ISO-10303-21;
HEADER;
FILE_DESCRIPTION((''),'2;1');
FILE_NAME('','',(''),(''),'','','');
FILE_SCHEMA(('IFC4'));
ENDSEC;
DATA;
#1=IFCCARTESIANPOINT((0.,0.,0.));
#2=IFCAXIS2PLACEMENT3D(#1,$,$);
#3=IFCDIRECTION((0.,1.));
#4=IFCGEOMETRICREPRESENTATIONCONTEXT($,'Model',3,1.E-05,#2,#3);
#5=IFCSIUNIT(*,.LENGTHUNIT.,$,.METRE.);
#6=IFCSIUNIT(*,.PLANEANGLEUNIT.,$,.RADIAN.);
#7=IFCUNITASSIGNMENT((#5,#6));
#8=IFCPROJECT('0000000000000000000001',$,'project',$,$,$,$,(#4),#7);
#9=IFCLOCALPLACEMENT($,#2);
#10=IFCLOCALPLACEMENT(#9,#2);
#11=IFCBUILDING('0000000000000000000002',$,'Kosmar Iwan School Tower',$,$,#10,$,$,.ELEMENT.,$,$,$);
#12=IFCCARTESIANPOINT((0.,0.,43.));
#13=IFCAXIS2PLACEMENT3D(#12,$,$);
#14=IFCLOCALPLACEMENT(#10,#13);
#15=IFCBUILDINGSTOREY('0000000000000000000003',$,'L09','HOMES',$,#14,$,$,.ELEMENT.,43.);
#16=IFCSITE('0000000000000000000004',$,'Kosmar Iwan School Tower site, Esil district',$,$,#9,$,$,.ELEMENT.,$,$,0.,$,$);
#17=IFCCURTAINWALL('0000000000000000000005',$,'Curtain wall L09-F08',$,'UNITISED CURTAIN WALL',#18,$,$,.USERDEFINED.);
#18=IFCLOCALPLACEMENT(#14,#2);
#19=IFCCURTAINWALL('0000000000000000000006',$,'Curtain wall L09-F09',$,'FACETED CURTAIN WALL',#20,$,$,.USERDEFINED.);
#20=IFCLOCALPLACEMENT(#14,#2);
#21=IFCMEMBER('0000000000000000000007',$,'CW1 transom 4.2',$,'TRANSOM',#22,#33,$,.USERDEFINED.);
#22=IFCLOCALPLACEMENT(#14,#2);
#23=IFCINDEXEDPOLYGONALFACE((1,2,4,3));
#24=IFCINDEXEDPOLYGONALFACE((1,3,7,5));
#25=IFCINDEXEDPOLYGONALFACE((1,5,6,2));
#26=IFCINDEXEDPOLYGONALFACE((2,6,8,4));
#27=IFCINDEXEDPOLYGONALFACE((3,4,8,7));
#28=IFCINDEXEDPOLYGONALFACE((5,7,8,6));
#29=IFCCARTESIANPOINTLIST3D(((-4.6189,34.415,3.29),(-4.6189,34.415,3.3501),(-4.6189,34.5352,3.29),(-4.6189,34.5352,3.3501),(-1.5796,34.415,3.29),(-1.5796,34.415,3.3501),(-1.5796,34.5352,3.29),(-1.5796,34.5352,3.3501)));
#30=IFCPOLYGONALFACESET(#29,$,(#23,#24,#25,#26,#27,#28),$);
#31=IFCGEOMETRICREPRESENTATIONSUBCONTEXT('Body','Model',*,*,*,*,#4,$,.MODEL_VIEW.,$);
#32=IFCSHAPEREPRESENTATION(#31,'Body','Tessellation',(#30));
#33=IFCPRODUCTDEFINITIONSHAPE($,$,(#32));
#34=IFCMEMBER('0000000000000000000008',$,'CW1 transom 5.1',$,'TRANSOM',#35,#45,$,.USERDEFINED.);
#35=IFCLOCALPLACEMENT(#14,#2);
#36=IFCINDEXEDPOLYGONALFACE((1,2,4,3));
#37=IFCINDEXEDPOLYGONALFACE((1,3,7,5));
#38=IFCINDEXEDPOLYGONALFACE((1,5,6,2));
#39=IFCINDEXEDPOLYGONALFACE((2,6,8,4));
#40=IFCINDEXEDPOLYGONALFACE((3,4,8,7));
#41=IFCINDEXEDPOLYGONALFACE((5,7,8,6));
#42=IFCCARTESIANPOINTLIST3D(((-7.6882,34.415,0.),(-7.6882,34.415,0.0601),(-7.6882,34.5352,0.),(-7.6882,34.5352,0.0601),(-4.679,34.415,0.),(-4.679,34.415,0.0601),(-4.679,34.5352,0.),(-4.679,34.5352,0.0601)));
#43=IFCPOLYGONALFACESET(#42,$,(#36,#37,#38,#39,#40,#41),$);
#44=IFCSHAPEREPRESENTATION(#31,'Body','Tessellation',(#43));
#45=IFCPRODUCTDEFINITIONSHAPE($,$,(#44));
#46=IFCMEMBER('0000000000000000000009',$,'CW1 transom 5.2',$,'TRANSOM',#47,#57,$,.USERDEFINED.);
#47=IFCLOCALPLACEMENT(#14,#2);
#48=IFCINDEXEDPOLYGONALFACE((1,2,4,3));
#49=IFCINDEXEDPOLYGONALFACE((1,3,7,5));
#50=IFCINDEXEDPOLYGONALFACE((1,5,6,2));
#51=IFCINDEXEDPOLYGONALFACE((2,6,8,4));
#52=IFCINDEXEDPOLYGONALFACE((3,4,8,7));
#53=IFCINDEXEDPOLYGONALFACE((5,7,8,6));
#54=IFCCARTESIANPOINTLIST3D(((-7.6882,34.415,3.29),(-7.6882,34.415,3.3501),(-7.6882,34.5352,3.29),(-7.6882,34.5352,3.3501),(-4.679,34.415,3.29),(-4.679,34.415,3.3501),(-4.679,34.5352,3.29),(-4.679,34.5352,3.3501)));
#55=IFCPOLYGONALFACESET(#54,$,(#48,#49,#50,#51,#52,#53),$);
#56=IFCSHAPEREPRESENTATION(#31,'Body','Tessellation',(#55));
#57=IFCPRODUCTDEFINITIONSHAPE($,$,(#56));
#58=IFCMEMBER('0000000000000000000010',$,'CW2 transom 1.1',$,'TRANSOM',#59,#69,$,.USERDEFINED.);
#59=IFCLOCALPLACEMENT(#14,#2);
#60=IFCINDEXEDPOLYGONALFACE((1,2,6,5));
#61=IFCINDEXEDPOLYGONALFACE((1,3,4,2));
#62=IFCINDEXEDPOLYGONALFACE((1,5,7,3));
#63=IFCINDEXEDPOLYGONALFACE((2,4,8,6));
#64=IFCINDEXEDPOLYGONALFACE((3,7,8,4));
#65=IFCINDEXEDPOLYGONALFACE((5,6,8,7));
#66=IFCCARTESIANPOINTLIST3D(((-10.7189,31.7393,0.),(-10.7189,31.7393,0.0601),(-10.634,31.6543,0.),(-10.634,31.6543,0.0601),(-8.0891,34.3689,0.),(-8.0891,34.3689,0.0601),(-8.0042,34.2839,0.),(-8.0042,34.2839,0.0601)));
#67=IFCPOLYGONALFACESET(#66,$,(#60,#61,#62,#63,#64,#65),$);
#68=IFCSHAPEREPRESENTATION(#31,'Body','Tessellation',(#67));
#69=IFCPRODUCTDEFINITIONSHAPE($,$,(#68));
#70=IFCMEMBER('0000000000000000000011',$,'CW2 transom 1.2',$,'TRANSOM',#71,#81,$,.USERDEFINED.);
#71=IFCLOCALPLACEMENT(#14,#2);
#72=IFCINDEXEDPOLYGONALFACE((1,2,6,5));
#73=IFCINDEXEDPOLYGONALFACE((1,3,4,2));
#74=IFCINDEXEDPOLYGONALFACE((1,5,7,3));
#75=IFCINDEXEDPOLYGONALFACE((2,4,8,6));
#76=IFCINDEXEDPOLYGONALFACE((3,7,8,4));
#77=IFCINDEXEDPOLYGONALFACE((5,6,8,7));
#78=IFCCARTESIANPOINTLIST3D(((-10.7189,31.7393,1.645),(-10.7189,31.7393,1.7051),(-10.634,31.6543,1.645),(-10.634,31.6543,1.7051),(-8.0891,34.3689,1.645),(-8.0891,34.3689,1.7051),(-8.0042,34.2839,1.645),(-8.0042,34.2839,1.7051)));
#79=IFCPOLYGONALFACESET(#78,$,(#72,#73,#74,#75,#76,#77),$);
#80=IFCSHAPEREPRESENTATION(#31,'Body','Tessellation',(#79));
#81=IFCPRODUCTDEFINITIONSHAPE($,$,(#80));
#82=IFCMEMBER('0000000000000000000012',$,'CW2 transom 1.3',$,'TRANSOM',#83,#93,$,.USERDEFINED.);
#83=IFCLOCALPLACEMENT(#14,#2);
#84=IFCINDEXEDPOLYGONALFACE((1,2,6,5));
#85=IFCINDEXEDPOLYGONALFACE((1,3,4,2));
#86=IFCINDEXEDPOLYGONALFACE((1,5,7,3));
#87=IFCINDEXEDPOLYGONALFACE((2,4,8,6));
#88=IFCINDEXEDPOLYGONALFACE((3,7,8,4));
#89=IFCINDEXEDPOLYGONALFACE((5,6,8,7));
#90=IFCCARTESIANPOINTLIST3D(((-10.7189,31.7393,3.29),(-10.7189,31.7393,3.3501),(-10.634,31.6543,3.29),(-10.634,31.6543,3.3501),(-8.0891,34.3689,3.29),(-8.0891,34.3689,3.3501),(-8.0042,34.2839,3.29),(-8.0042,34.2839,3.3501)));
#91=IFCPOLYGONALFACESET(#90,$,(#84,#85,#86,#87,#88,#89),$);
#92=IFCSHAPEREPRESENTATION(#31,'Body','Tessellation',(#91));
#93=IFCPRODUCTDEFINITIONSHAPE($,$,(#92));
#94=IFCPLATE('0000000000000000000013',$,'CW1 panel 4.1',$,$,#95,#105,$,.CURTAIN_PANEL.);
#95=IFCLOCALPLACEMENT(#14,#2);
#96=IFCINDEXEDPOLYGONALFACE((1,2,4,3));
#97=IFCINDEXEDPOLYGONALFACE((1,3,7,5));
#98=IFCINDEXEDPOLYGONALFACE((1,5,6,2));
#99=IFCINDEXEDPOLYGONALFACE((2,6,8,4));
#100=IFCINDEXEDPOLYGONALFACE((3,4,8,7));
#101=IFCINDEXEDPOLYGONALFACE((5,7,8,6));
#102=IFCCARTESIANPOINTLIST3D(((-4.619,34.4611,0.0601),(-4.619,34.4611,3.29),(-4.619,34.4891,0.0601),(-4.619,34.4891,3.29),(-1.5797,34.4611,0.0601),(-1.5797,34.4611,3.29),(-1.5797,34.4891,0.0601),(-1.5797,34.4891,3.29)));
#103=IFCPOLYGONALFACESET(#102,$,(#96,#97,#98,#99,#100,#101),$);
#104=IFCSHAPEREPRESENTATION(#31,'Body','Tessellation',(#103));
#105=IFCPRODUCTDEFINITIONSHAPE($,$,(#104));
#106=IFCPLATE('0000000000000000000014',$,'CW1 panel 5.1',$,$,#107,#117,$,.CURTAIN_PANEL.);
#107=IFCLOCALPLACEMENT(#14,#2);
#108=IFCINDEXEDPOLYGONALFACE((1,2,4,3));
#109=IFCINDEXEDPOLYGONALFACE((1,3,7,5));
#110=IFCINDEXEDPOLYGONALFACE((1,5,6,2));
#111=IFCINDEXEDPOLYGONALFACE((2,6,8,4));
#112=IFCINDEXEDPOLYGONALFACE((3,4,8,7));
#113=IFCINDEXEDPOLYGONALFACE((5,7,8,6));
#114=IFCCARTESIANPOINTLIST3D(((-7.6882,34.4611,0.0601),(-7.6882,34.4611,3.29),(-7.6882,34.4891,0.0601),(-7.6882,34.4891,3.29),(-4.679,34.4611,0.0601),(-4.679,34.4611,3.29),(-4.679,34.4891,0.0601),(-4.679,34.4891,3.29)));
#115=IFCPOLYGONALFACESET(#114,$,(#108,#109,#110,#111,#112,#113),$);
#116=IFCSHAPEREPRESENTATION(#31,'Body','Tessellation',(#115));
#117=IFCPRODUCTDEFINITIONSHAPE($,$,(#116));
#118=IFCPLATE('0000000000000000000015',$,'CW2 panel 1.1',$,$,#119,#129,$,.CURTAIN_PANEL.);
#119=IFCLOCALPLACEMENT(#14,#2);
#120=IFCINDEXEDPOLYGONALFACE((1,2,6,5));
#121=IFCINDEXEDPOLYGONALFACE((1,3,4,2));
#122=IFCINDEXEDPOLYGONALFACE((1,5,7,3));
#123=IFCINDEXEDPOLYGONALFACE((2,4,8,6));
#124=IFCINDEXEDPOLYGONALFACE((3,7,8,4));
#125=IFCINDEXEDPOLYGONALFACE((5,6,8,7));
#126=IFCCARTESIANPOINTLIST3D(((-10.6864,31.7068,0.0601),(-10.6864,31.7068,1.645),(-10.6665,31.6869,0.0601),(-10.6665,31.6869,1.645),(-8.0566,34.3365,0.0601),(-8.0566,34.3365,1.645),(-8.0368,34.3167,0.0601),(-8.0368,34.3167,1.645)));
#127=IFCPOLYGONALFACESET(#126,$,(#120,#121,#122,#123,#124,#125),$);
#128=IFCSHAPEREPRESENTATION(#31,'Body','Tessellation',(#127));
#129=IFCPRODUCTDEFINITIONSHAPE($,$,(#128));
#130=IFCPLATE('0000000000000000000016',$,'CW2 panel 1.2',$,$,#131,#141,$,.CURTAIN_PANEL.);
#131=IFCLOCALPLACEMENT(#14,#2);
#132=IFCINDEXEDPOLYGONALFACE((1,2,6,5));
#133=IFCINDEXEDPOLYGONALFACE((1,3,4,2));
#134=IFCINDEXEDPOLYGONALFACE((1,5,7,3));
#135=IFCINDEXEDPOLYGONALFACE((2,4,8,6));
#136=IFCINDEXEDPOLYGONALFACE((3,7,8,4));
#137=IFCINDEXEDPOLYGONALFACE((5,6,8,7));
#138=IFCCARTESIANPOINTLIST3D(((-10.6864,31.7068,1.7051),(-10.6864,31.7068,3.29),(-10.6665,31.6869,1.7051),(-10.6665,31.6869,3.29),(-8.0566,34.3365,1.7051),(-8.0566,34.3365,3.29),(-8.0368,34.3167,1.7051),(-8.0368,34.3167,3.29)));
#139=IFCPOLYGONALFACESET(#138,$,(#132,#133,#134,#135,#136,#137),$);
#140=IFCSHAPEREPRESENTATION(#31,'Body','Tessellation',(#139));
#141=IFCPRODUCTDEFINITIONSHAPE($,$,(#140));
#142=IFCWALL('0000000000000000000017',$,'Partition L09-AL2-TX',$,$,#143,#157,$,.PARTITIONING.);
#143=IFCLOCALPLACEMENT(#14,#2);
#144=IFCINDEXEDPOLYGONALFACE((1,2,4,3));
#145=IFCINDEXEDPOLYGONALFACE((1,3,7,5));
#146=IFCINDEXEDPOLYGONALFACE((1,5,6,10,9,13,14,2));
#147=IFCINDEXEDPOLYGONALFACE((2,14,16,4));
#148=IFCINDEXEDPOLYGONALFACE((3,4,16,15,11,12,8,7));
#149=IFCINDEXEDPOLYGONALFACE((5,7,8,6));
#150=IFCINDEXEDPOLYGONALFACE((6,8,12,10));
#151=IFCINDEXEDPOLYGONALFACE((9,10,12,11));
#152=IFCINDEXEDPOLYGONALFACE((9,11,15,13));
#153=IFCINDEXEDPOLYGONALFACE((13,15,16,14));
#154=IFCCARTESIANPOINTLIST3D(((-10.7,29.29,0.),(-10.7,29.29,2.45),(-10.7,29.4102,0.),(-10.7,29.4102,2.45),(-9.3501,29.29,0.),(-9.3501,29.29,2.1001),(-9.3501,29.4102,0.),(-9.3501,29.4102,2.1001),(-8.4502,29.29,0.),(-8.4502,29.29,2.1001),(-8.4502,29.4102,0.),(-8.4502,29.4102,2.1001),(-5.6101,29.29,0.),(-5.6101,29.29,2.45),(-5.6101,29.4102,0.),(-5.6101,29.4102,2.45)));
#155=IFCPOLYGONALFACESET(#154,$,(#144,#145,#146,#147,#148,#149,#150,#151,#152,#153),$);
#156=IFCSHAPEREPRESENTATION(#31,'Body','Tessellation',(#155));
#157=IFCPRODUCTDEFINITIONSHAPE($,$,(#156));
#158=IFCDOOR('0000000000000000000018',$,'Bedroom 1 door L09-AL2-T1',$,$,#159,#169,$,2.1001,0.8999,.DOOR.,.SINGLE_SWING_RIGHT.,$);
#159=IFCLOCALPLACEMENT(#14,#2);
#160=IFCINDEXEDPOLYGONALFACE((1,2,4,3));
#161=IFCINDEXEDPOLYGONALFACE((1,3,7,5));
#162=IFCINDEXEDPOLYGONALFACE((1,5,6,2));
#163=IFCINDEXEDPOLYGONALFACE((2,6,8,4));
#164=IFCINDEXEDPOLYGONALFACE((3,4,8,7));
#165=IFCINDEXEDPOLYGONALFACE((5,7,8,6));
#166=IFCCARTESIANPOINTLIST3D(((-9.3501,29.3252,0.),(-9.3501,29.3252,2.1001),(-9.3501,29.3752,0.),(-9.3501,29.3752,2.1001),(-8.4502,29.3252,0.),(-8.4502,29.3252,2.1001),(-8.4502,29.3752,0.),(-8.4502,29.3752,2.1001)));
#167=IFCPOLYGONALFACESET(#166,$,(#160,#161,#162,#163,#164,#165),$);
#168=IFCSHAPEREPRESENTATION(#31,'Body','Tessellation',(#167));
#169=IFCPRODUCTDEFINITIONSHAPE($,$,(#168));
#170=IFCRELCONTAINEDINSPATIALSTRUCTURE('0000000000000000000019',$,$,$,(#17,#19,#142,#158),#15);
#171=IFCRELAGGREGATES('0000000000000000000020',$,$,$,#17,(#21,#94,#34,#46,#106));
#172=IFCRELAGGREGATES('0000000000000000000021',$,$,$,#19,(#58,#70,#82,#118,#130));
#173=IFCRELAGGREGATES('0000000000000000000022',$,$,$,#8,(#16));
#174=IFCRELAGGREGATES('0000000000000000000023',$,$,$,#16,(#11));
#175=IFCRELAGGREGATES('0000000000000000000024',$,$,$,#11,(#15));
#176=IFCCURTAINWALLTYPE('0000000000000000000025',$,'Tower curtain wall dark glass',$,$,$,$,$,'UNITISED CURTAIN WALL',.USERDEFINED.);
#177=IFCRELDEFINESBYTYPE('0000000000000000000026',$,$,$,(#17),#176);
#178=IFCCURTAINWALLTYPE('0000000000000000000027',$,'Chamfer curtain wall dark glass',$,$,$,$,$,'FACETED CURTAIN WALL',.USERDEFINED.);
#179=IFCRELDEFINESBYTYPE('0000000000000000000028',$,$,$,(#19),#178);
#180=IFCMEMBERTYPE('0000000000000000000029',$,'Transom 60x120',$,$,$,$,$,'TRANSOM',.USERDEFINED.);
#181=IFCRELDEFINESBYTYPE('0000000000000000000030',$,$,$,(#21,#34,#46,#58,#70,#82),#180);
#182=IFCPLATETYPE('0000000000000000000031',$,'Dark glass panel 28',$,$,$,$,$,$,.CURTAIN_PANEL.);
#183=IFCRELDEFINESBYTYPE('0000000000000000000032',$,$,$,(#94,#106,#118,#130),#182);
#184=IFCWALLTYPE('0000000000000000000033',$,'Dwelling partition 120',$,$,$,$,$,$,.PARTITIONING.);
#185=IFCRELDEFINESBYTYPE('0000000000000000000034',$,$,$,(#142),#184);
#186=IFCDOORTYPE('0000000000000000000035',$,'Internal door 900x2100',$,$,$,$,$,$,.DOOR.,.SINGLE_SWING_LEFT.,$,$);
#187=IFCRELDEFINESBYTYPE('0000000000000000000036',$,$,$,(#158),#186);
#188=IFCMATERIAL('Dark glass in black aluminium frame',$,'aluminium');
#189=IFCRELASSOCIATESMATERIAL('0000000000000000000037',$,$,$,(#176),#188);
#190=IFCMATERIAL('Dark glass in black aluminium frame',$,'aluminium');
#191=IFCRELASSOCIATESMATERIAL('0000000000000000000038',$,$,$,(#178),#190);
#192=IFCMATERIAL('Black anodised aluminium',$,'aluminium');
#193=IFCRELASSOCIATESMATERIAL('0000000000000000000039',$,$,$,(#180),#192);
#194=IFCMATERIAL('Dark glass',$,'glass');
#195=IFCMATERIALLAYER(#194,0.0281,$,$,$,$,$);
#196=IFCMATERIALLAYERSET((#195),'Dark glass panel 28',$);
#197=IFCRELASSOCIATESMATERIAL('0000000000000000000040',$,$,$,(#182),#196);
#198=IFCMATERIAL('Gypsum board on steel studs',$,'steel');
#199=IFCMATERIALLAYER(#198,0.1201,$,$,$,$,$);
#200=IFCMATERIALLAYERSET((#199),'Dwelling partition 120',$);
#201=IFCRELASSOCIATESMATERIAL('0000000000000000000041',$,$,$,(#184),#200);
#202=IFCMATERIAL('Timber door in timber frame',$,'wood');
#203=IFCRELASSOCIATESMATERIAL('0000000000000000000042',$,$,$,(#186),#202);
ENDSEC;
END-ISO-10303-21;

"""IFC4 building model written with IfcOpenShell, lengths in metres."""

from ifc_helpers import new_model, si_unit, direction, frame, frame_2d, origin, origin_2d, place, context, subcontext, project, spatial, rectangle, extrude, material, layer, layer_set, material_profile, profile_set, type_object, element, fill, aggregate, save


model = new_model("IFC4")

# Units and contexts
model_context = context("Model", 3, precision=1e-05, world=origin(), true_north=direction((0.0, 1.0)))
body_context = subcontext(model_context, "Body", "Model", "MODEL_VIEW")
ifc_project = project(units=[si_unit("LENGTHUNIT", "METRE"), si_unit("PLANEANGLEUNIT", "RADIAN")], contexts=[model_context])

# Site, building, storey
site_placement = place(None, origin())
site = spatial("IfcSite", under=ifc_project, at=site_placement, Name="Kosmar Iwan School Tower site, Esil district", CompositionType="ELEMENT", RefElevation=0.0)
building_placement = place(site_placement, origin())
building = spatial("IfcBuilding", under=site, at=building_placement, Name="Kosmar Iwan School Tower", CompositionType="ELEMENT")
storey_placement = place(building_placement, frame((0.0, 0.0, 43.0)))
storey = spatial("IfcBuildingStorey", under=building, at=storey_placement, Name="L09", Description="HOMES", CompositionType="ELEMENT", Elevation=43.0)

# Curtain walls
ifc_material_1 = material(Name="Dark glass in black aluminium frame", Category="aluminium")
curtain_wall_type_1 = type_object("IfcCurtainWallType", Name="Tower curtain wall dark glass", ElementType="UNITISED CURTAIN WALL", PredefinedType="USERDEFINED", material=ifc_material_1)
curtain_wall_1_placement = place(storey_placement, origin())
curtain_wall_1 = element("IfcCurtainWall", 1, at=curtain_wall_1_placement, inside=storey, type_object=curtain_wall_type_1, Name="Curtain wall L09-F08", ObjectType="UNITISED CURTAIN WALL", PredefinedType="USERDEFINED")
ifc_material_2 = material(Name="Dark glass in black aluminium frame", Category="aluminium")
curtain_wall_type_2 = type_object("IfcCurtainWallType", Name="Chamfer curtain wall dark glass", ElementType="FACETED CURTAIN WALL", PredefinedType="USERDEFINED", material=ifc_material_2)
curtain_wall_2_placement = place(storey_placement, origin())
curtain_wall_2 = element("IfcCurtainWall", 2, at=curtain_wall_2_placement, inside=storey, type_object=curtain_wall_type_2, Name="Curtain wall L09-F09", ObjectType="FACETED CURTAIN WALL", PredefinedType="USERDEFINED")

# Members
ifc_material_3 = material(Name="Black anodised aluminium", Category="aluminium")
ifc_material_profile_1 = material_profile(ifc_material_3, rectangle(XDim=0.1201, YDim=0.0601, at=origin_2d()), Name="TRANSOM 60x120")
ifc_profile_set_1 = profile_set([ifc_material_profile_1], Name="Black anodised aluminium")
member_type_1 = type_object("IfcMemberType", Name="Transom 60x120", ElementType="TRANSOM", PredefinedType="USERDEFINED", material=ifc_profile_set_1)
member_1_placement = place(storey_placement, frame((-1.5796, 34.4751, 3.3201), z_axis=(-1.0, 0.0, 0.0), x_axis=(0.0, -1.0, 0.0)))
member_1 = element("IfcMember", 3, at=member_1_placement, type_object=member_type_1, Name="CW1 transom 4.2", ObjectType="TRANSOM", PredefinedType="USERDEFINED", context=body_context, shape_type="SweptSolid", body=[
    extrude(rectangle(XDim=0.1201, YDim=0.0601, at=origin_2d()), origin(), (0.0, 0.0, 1.0), 3.0393),
])
member_2_placement = place(storey_placement, frame((-4.679, 34.4751, 0.03), z_axis=(-1.0, 0.0, 0.0), x_axis=(0.0, -1.0, 0.0)))
member_2 = element("IfcMember", 4, at=member_2_placement, type_object=member_type_1, Name="CW1 transom 5.1", ObjectType="TRANSOM", PredefinedType="USERDEFINED", context=body_context, shape_type="SweptSolid", body=[
    extrude(rectangle(XDim=0.1201, YDim=0.0601, at=origin_2d()), origin(), (0.0, 0.0, 1.0), 3.0093),
])
member_3_placement = place(storey_placement, frame((-4.679, 34.4751, 3.3201), z_axis=(-1.0, 0.0, 0.0), x_axis=(0.0, -1.0, 0.0)))
member_3 = element("IfcMember", 5, at=member_3_placement, type_object=member_type_1, Name="CW1 transom 5.2", ObjectType="TRANSOM", PredefinedType="USERDEFINED", context=body_context, shape_type="SweptSolid", body=[
    extrude(rectangle(XDim=0.1201, YDim=0.0601, at=origin_2d()), origin(), (0.0, 0.0, 1.0), 3.0093),
])
member_4_placement = place(storey_placement, frame((-8.0466, 34.3264, 0.03), z_axis=(-0.70714, -0.707074, 0.0), x_axis=(0.707074, -0.70714, 0.0)))
member_4 = element("IfcMember", 6, at=member_4_placement, type_object=member_type_1, Name="CW2 transom 1.1", ObjectType="TRANSOM", PredefinedType="USERDEFINED", context=body_context, shape_type="SweptSolid", body=[
    extrude(rectangle(XDim=0.1201, YDim=0.0601, at=origin_2d()), origin(), (0.0, 0.0, 1.0), 3.719),
])
member_5_placement = place(storey_placement, frame((-8.0466, 34.3264, 1.675), z_axis=(-0.70714, -0.707074, 0.0), x_axis=(0.707074, -0.70714, 0.0)))
member_5 = element("IfcMember", 7, at=member_5_placement, type_object=member_type_1, Name="CW2 transom 1.2", ObjectType="TRANSOM", PredefinedType="USERDEFINED", context=body_context, shape_type="SweptSolid", body=[
    extrude(rectangle(XDim=0.1201, YDim=0.0601, at=origin_2d()), origin(), (0.0, 0.0, 1.0), 3.719),
])
member_6_placement = place(storey_placement, frame((-8.0466, 34.3264, 3.3201), z_axis=(-0.70714, -0.707074, 0.0), x_axis=(0.707074, -0.70714, 0.0)))
member_6 = element("IfcMember", 8, at=member_6_placement, type_object=member_type_1, Name="CW2 transom 1.3", ObjectType="TRANSOM", PredefinedType="USERDEFINED", context=body_context, shape_type="SweptSolid", body=[
    extrude(rectangle(XDim=0.1201, YDim=0.0601, at=origin_2d()), origin(), (0.0, 0.0, 1.0), 3.719),
])

# Plates
ifc_material_4 = material(Name="Dark glass", Category="glass")
ifc_layer_1 = layer(ifc_material_4, 0.0281)
ifc_layer_set_1 = layer_set([ifc_layer_1], Name="Dark glass panel 28")
plate_type = type_object("IfcPlateType", Name="Dark glass panel 28", PredefinedType="CURTAIN_PANEL", material=ifc_layer_set_1)
plate_1_placement = place(storey_placement, frame((-3.0994, 34.4751, 0.0601), z_axis=(0.0, 0.0, 1.0), x_axis=(-1.0, 0.0, 0.0)))
plate_1 = element("IfcPlate", 9, at=plate_1_placement, type_object=plate_type, Name="CW1 panel 4.1", PredefinedType="CURTAIN_PANEL", context=body_context, shape_type="SweptSolid", body=[
    extrude(rectangle(XDim=3.0393, YDim=0.0281, at=origin_2d()), origin(), (0.0, 0.0, 1.0), 3.23),
])
plate_2_placement = place(storey_placement, frame((-6.1836, 34.4751, 0.0601), z_axis=(0.0, 0.0, 1.0), x_axis=(-1.0, 0.0, 0.0)))
plate_2 = element("IfcPlate", 10, at=plate_2_placement, type_object=plate_type, Name="CW1 panel 5.1", PredefinedType="CURTAIN_PANEL", context=body_context, shape_type="SweptSolid", body=[
    extrude(rectangle(XDim=3.0093, YDim=0.0281, at=origin_2d()), origin(), (0.0, 0.0, 1.0), 3.23),
])
aggregate(curtain_wall_1, [member_1, plate_1, member_2, member_3, plate_2])
plate_3_placement = place(storey_placement, frame((-9.3616, 33.0117, 0.0601), z_axis=(0.0, 0.0, 1.0), x_axis=(-0.707107, -0.707107, 0.0)))
plate_3 = element("IfcPlate", 11, at=plate_3_placement, type_object=plate_type, Name="CW2 panel 1.1", PredefinedType="CURTAIN_PANEL", context=body_context, shape_type="SweptSolid", body=[
    extrude(rectangle(XDim=3.719, YDim=0.0281, at=origin_2d()), origin(), (0.0, 0.0, 1.0), 1.585),
])
plate_4_placement = place(storey_placement, frame((-9.3616, 33.0117, 1.7051), z_axis=(0.0, 0.0, 1.0), x_axis=(-0.707107, -0.707107, 0.0)))
plate_4 = element("IfcPlate", 12, at=plate_4_placement, type_object=plate_type, Name="CW2 panel 1.2", PredefinedType="CURTAIN_PANEL", context=body_context, shape_type="SweptSolid", body=[
    extrude(rectangle(XDim=3.719, YDim=0.0281, at=origin_2d()), origin(), (0.0, 0.0, 1.0), 1.585),
])
aggregate(curtain_wall_2, [member_4, member_5, member_6, plate_3, plate_4])

# Wall, opening, door
ifc_material_5 = material(Name="Gypsum board on steel studs", Category="steel")
ifc_layer_2 = layer(ifc_material_5, 0.1201)
ifc_layer_set_2 = layer_set([ifc_layer_2], Name="Dwelling partition 120")
wall_type_1 = type_object("IfcWallType", Name="Dwelling partition 120", PredefinedType="PARTITIONING", material=ifc_layer_set_2)
wall_1_placement = place(storey_placement, frame((-5.6101, 29.3501, 0.0), z_axis=(0.0, 0.0, 1.0), x_axis=(-1.0, 0.0, 0.0)))
wall_1 = element("IfcWall", 13, at=wall_1_placement, inside=storey, type_object=wall_type_1, Name="Partition L09-AL2-TX", PredefinedType="PARTITIONING", context=body_context, shape_type="SweptSolid", body=[
    extrude(rectangle(XDim=5.0898, YDim=0.1201, at=frame_2d((2.5449, 0.0))), origin(), (0.0, 0.0, 1.0), 2.45),
])
opening_1_placement = place(wall_1_placement, frame((2.8401, 0.0, 0.0)))
opening_1 = element("IfcOpeningElement", 14, at=opening_1_placement, cuts=wall_1, PredefinedType="OPENING", context=body_context, shape_type="SweptSolid", body=[
    extrude(rectangle(XDim=0.8999, YDim=2.1001, at=frame_2d((0.45, 1.05))), frame((0.0, 0.072, 0.0), z_axis=(0.0, -1.0, 0.0), x_axis=(1.0, 0.0, 0.0)), (0.0, 0.0, 1.0), 0.144),
])
ifc_material_6 = material(Name="Timber door in timber frame", Category="wood")
door_type_1 = type_object("IfcDoorType", Name="Internal door 900x2100", OperationType="SINGLE_SWING_LEFT", PredefinedType="DOOR", material=ifc_material_6)
door_1_placement = place(opening_1_placement, origin())
door_1 = element("IfcDoor", 15, at=door_1_placement, inside=storey, type_object=door_type_1, Name="Bedroom 1 door L09-AL2-T1", OperationType="SINGLE_SWING_RIGHT", OverallHeight=2.1001, OverallWidth=0.8999, PredefinedType="DOOR", context=body_context, shape_type="SweptSolid", body=[
    extrude(rectangle(XDim=0.8999, YDim=2.1001, at=frame_2d((0.45, 1.05))), frame((0.0, 0.0249, 0.0), z_axis=(0.0, -1.0, 0.0), x_axis=(1.0, 0.0, 0.0)), (0.0, 0.0, 1.0), 0.05),
])
fill(opening_1, door_1)

save(model, "model.ifc")
